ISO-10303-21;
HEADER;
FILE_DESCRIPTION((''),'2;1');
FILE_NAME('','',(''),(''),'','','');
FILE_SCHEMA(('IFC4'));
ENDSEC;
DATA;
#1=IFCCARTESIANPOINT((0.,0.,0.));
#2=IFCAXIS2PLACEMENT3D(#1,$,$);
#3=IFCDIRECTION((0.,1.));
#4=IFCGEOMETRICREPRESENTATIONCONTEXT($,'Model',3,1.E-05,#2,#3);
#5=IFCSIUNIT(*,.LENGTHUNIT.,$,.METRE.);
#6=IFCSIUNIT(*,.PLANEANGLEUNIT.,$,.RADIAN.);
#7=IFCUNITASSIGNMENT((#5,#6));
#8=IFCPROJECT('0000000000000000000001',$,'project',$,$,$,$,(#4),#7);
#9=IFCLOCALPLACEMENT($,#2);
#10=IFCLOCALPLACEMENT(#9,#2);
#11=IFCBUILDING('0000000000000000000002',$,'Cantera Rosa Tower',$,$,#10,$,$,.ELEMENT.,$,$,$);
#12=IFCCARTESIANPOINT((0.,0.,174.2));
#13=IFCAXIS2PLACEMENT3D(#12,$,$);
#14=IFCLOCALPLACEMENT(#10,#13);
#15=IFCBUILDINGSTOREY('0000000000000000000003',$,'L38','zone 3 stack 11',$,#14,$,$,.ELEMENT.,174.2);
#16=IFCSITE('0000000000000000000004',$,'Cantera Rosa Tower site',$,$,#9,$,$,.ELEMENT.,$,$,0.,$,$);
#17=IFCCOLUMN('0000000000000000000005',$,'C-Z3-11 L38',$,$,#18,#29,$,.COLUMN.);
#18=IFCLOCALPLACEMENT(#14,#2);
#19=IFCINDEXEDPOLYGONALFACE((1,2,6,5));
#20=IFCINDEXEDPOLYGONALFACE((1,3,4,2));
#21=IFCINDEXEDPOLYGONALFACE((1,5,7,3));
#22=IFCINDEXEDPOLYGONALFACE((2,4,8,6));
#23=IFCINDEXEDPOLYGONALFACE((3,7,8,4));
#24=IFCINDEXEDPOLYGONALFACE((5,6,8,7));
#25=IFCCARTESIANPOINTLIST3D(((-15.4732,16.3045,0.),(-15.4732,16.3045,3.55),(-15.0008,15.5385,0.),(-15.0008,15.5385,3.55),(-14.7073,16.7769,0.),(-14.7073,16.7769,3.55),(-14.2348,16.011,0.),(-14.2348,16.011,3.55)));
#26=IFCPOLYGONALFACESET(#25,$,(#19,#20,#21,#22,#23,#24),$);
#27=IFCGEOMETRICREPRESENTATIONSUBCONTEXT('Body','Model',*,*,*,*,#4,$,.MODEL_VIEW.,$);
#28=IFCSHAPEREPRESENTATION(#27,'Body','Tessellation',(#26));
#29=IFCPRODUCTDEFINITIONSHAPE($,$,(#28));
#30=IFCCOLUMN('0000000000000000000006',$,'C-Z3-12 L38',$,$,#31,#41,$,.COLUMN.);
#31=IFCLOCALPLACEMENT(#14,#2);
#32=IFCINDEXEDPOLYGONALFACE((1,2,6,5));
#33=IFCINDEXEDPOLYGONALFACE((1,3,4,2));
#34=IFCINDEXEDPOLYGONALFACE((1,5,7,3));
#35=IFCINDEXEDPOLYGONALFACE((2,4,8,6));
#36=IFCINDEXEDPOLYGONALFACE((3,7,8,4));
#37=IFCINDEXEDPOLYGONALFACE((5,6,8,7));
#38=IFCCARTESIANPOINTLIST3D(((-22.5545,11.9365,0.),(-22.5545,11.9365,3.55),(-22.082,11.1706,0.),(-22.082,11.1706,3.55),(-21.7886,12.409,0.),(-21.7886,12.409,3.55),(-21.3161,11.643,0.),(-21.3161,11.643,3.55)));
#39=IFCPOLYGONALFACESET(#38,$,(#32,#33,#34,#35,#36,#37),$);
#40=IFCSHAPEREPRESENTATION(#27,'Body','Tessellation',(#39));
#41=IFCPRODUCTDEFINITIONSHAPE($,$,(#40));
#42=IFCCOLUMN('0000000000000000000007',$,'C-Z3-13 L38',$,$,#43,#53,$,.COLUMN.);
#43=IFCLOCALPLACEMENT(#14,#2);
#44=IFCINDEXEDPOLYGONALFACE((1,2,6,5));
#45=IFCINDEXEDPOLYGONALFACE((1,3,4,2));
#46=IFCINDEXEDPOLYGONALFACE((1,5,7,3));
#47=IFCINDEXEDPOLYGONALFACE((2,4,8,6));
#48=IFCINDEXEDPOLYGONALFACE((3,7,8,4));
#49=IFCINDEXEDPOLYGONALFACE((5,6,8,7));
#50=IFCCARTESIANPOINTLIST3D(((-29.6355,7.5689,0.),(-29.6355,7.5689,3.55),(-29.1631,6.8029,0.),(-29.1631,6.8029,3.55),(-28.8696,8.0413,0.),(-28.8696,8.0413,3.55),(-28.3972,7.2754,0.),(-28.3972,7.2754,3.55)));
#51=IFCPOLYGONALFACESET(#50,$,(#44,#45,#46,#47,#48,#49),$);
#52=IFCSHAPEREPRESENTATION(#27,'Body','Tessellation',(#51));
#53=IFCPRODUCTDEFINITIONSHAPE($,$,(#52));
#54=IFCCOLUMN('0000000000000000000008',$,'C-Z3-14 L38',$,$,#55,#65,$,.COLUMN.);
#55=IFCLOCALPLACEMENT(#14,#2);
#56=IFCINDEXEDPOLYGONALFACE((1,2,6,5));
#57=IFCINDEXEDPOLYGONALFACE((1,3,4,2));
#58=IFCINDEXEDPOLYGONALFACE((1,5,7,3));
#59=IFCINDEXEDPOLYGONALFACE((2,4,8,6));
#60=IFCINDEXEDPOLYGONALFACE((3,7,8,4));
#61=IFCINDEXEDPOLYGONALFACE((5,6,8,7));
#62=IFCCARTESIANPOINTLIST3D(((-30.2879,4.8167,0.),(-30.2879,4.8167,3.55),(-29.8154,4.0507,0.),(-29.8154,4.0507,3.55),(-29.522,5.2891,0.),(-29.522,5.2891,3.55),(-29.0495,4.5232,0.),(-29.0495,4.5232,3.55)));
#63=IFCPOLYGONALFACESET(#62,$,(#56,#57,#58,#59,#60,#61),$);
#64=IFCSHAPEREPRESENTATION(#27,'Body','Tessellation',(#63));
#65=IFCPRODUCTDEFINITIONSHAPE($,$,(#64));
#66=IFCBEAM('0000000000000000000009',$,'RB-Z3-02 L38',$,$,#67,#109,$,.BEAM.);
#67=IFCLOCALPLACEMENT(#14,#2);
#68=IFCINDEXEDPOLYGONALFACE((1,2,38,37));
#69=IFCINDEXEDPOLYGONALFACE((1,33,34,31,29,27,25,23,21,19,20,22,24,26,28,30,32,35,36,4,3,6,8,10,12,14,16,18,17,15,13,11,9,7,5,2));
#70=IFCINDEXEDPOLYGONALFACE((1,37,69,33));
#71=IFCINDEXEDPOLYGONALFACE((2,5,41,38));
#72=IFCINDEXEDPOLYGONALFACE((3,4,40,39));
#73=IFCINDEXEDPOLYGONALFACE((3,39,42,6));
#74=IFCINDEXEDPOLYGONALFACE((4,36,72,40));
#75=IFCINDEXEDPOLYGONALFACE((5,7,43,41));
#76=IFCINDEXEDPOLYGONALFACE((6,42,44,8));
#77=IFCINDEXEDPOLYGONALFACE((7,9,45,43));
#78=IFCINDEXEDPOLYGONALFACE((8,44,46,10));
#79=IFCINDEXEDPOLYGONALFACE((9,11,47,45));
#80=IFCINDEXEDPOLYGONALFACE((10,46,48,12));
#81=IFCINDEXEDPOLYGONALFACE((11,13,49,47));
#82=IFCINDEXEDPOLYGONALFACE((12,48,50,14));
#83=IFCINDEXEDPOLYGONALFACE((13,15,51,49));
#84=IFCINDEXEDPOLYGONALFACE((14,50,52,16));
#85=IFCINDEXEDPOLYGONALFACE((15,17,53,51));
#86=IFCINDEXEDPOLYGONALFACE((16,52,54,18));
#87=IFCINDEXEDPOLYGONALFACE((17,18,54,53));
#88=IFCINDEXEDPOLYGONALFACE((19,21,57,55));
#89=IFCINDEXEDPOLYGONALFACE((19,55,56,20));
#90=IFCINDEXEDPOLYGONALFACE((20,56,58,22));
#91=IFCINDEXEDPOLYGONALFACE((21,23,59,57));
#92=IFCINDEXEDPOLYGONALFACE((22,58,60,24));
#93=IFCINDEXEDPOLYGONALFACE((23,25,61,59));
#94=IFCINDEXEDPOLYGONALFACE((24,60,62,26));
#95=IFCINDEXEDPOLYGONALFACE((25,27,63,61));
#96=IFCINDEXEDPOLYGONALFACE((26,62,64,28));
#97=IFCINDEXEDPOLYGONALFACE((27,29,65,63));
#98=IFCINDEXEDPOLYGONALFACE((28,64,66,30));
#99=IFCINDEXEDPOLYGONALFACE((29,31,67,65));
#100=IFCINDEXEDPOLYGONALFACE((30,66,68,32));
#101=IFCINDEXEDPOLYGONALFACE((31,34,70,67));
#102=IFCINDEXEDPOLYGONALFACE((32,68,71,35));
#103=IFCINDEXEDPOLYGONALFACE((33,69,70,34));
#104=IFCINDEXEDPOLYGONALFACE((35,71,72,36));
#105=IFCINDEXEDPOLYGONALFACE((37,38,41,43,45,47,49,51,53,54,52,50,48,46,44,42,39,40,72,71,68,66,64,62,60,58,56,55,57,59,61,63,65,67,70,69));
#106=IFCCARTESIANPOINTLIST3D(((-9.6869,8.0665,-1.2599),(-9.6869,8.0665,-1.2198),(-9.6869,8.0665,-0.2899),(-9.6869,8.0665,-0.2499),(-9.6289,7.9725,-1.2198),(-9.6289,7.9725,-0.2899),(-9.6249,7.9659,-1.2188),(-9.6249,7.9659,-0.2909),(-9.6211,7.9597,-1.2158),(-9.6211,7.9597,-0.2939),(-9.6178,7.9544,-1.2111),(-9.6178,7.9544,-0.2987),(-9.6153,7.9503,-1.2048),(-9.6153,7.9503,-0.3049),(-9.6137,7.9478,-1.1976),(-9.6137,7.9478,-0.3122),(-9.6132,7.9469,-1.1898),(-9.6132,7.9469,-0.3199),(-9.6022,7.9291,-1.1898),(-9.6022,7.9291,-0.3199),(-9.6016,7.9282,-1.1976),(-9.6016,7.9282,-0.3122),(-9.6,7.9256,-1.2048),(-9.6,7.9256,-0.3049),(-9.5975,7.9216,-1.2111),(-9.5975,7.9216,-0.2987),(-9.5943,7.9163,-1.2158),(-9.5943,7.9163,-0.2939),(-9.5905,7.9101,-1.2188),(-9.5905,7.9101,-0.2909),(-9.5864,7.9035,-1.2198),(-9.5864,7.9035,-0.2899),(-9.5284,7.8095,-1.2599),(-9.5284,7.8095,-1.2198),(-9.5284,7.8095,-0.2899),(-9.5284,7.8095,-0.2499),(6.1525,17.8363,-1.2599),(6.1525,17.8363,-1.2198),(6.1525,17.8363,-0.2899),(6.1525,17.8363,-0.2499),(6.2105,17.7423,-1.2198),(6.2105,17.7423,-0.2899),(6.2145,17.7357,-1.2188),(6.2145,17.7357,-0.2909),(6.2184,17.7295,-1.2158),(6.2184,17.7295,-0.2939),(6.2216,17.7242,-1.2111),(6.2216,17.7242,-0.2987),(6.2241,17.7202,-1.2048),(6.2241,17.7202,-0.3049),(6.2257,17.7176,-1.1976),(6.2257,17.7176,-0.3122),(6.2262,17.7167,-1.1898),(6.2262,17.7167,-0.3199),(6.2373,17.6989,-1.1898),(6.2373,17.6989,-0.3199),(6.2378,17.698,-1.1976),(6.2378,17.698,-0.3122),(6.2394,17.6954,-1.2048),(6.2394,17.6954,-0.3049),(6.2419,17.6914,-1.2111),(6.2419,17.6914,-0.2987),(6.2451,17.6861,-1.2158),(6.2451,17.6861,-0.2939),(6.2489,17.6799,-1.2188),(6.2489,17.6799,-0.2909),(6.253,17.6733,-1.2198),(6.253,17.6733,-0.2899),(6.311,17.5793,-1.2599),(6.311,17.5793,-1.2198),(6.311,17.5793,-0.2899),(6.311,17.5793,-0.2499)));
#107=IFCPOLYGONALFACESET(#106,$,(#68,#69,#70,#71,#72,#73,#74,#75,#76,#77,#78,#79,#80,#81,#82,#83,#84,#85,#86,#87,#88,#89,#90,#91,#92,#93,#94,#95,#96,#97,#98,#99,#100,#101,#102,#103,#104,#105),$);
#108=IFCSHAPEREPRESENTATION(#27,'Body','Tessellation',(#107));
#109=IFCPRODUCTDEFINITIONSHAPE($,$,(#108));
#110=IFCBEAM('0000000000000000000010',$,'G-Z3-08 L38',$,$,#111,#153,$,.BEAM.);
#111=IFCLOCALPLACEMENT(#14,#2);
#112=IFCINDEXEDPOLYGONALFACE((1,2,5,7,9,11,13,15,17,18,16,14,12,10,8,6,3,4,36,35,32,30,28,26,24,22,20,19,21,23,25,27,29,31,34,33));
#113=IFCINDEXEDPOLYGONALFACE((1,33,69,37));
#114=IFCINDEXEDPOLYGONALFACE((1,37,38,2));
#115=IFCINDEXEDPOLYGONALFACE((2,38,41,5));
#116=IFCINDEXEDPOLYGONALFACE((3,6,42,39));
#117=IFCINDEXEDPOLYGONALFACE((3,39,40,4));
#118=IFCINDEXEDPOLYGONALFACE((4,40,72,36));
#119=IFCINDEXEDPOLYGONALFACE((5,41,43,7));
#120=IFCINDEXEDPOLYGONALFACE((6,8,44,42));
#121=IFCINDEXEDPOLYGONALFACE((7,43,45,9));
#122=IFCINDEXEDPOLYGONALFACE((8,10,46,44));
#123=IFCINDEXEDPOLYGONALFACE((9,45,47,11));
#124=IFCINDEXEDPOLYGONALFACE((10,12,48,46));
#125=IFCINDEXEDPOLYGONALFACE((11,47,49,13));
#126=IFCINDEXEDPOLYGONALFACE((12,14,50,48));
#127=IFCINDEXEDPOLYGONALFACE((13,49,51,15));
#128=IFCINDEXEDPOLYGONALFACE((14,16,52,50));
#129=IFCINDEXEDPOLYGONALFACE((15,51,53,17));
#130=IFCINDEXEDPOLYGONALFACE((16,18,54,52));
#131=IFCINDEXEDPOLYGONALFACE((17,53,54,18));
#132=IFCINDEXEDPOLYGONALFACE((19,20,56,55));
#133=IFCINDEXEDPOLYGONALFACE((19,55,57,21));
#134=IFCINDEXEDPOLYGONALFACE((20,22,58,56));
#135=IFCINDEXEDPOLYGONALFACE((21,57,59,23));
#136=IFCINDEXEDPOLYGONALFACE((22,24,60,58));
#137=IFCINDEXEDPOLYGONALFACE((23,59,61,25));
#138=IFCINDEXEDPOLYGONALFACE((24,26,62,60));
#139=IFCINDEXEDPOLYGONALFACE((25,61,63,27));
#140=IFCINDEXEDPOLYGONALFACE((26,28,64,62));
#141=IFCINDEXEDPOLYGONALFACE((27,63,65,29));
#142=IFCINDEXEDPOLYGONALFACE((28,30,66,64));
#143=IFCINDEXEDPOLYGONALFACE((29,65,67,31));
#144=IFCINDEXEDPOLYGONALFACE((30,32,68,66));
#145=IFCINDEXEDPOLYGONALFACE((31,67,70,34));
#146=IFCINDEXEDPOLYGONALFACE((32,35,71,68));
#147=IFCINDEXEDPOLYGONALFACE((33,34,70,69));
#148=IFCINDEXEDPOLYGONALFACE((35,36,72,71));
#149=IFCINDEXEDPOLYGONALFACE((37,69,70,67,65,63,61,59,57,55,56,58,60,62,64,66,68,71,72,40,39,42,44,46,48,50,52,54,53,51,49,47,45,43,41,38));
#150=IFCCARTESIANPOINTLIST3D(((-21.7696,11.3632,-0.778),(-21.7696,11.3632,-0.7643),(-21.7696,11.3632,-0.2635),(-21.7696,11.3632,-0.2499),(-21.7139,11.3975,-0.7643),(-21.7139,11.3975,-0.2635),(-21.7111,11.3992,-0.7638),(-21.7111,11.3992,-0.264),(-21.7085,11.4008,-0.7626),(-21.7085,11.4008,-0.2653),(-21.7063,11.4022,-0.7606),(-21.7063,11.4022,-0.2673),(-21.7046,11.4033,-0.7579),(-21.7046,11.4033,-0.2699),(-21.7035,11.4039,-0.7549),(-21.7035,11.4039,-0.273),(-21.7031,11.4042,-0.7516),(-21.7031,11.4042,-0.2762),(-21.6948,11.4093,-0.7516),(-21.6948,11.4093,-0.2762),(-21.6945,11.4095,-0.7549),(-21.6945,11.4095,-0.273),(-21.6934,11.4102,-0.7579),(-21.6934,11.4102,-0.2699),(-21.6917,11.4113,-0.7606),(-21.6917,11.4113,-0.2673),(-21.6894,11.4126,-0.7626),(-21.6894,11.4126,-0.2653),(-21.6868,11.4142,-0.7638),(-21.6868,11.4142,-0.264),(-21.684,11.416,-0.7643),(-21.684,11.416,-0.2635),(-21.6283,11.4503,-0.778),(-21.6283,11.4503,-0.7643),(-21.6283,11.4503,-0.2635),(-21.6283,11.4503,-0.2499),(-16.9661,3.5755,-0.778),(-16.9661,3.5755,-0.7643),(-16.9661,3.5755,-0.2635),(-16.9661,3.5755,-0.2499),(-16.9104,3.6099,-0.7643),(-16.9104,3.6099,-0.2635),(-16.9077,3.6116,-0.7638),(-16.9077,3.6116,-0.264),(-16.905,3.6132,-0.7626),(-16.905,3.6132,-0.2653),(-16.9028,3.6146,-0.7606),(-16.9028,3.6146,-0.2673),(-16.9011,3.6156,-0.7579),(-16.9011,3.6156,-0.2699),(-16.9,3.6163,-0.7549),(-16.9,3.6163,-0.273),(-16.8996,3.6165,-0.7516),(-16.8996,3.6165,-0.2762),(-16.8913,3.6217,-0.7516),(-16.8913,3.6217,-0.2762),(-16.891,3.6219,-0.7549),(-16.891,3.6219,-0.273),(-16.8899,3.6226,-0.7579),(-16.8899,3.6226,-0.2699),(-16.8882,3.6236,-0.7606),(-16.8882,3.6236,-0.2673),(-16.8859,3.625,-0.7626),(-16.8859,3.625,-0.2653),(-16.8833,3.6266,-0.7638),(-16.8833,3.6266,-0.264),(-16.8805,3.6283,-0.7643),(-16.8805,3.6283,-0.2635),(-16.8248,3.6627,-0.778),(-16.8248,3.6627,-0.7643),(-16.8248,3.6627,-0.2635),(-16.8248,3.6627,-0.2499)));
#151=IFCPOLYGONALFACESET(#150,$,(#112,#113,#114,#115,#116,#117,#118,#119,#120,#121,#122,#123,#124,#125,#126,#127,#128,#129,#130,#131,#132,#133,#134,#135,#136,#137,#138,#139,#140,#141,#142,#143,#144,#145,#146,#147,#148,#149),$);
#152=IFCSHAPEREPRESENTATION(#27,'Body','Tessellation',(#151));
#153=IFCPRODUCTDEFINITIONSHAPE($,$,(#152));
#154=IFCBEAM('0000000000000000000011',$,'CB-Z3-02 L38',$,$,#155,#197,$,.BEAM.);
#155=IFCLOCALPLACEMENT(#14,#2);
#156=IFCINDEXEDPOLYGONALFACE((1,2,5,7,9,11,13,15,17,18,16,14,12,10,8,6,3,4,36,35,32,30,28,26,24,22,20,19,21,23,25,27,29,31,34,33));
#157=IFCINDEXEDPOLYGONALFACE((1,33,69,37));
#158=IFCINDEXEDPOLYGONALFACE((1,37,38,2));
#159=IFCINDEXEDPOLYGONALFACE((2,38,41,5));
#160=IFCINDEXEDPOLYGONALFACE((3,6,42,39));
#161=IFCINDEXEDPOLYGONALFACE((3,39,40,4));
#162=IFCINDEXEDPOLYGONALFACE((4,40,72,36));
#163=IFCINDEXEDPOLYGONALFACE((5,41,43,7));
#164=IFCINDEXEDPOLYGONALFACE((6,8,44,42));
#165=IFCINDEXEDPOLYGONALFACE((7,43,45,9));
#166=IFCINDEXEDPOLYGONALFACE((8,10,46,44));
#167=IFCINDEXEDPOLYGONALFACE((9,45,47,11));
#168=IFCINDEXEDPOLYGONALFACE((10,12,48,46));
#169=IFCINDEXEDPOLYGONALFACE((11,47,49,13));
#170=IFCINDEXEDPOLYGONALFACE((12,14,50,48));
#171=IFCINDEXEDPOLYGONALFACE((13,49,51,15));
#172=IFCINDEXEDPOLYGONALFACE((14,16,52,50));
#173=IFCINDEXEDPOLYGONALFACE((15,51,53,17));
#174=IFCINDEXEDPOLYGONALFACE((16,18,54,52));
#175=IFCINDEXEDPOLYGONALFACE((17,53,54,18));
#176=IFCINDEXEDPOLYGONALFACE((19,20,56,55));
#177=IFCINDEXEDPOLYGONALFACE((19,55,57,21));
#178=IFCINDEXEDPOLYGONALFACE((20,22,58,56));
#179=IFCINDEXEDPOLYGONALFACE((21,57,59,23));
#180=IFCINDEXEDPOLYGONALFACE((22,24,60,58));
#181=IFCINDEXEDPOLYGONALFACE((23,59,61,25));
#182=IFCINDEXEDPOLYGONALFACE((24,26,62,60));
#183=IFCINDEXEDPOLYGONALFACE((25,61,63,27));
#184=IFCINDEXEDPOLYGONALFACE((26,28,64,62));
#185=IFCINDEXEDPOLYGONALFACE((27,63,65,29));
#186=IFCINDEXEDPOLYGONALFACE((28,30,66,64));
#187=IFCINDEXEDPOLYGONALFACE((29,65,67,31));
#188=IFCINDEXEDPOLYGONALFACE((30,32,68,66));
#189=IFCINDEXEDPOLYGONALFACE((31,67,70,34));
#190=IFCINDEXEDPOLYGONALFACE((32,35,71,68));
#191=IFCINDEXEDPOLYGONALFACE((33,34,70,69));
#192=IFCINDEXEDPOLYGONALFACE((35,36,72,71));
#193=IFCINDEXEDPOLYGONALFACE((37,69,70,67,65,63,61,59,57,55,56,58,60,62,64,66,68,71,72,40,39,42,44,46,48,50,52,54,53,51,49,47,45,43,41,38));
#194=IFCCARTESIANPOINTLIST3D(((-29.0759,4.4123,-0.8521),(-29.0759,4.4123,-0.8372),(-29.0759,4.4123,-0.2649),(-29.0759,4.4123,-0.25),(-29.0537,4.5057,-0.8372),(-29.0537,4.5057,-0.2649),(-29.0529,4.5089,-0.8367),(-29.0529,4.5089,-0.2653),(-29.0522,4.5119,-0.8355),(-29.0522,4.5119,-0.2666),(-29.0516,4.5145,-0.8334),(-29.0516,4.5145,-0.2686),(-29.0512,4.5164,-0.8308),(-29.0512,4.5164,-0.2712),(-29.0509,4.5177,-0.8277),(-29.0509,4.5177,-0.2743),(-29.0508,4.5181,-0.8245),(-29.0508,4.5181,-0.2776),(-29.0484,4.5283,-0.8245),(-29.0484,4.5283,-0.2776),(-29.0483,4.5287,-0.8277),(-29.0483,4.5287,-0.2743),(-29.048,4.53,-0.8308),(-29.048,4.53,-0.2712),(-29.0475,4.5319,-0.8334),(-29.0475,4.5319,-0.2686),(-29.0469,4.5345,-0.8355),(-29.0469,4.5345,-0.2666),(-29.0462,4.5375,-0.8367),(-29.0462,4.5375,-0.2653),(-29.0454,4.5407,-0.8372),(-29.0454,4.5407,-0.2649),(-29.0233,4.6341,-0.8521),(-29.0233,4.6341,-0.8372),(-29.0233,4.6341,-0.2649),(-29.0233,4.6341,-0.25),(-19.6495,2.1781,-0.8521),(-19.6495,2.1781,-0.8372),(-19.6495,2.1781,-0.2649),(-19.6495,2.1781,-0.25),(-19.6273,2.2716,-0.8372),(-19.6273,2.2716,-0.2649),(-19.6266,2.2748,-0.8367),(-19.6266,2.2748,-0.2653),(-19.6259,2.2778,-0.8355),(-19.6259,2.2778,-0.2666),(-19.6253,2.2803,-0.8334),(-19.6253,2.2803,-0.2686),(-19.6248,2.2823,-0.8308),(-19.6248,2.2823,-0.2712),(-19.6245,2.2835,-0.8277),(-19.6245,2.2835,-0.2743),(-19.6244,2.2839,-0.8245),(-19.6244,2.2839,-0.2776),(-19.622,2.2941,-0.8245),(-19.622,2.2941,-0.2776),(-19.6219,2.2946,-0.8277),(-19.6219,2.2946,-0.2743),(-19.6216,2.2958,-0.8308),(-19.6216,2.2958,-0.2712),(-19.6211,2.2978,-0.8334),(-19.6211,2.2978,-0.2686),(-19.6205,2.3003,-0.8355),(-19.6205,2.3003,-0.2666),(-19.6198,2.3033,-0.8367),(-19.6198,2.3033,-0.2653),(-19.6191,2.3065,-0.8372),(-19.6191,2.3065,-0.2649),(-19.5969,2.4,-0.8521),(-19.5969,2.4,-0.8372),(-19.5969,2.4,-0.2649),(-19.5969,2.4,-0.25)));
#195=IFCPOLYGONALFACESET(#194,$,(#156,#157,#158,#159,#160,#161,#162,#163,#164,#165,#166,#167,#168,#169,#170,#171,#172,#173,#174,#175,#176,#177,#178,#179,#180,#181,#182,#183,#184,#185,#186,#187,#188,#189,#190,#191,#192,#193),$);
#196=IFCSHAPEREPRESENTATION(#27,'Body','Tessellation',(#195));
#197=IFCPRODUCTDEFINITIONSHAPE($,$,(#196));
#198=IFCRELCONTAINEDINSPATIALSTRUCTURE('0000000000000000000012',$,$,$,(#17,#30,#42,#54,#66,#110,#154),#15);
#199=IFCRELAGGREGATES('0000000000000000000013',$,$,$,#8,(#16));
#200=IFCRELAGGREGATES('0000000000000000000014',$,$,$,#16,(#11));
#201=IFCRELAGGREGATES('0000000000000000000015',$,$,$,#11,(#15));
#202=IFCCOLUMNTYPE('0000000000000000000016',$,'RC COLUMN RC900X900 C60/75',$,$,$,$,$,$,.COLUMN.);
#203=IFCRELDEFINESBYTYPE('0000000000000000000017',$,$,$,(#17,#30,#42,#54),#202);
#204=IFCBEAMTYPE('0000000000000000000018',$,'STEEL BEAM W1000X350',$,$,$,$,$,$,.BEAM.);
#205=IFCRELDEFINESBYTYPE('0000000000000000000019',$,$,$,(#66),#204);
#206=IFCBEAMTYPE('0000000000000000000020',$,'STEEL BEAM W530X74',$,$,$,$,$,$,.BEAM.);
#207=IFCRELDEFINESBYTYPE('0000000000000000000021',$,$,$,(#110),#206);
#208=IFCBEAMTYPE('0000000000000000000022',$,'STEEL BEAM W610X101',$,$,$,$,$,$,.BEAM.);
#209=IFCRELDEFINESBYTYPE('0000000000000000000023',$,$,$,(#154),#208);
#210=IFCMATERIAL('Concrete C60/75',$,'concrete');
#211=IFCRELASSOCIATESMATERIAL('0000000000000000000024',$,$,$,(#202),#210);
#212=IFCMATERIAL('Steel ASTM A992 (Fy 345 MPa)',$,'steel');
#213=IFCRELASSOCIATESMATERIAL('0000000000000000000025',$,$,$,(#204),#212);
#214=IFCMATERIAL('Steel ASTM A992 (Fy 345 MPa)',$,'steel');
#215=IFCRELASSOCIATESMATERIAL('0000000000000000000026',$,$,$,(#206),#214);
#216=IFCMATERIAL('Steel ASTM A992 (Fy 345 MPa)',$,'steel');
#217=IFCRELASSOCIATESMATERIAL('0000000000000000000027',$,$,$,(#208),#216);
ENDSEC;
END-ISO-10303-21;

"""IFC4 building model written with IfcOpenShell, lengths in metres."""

from ifc_helpers import new_model, si_unit, direction, frame, origin, origin_2d, place, context, subcontext, project, spatial, rectangle, i_section, extrude, material, material_profile, profile_set, type_object, element, save


model = new_model("IFC4")

# Units and contexts
model_context = context("Model", 3, precision=1e-05, world=origin(), true_north=direction((0.0, 1.0)))
body_context = subcontext(model_context, "Body", "Model", "MODEL_VIEW")
ifc_project = project(units=[si_unit("LENGTHUNIT", "METRE"), si_unit("PLANEANGLEUNIT", "RADIAN")], contexts=[model_context])

# Site, building, storey
site_placement = place(None, origin())
site = spatial("IfcSite", under=ifc_project, at=site_placement, Name="Cantera Rosa Tower site", CompositionType="ELEMENT", RefElevation=0.0)
building_placement = place(site_placement, origin())
building = spatial("IfcBuilding", under=site, at=building_placement, Name="Cantera Rosa Tower", CompositionType="ELEMENT")
storey_placement = place(building_placement, frame((0.0, 0.0, 174.2)))
storey = spatial("IfcBuildingStorey", under=building, at=storey_placement, Name="L38", Description="zone 3 stack 11", CompositionType="ELEMENT", Elevation=174.2)

# Columns
ifc_material_1 = material(Name="Concrete C60/75", Category="concrete")
ifc_material_profile_1 = material_profile(ifc_material_1, rectangle(XDim=0.8999, YDim=0.8999, at=origin_2d()), Name="RC COLUMN RC900X900 C60/75")
ifc_profile_set_1 = profile_set([ifc_material_profile_1], Name="Concrete C60/75")
column_type = type_object("IfcColumnType", Name="RC COLUMN RC900X900 C60/75", PredefinedType="COLUMN", material=ifc_profile_set_1)
for number, where, z_axis, x_axis, name in (
    (1, (-14.854, 16.1577, 0.0), (0.0, 0.0, 1.0), (0.851117, 0.524977, 0.0), "C-Z3-11 L38"),
    (2, (-21.9353, 11.7898, 0.0), (0.0, 0.0, 1.0), (0.851117, 0.524977, 0.0), "C-Z3-12 L38"),
    (3, (-29.0164, 7.4221, 0.0), (0.0, 0.0, 1.0), (0.851117, 0.524977, 0.0), "C-Z3-13 L38"),
    (4, (-29.6687, 4.6699, 0.0), (0.0, 0.0, 1.0), (0.851117, 0.524977, 0.0), "C-Z3-14 L38"),
):
    element("IfcColumn", number, at=place(storey_placement, frame(where, z_axis=z_axis, x_axis=x_axis)), inside=storey, type_object=column_type, Name=name, PredefinedType="COLUMN", context=body_context, shape_type="SweptSolid", body=[
        extrude(rectangle(XDim=0.8999, YDim=0.8999, at=origin_2d()), origin(), (0.0, 0.0, 1.0), 3.55),
    ])

# Beams
ifc_material_2 = material(Name="Steel ASTM A992 (Fy 345 MPa)", Category="steel")
ifc_material_profile_2 = material_profile(ifc_material_2, i_section(OverallWidth=0.302, OverallDepth=1.01, WebThickness=0.021, FlangeThickness=0.04, FilletRadius=0.03, at=origin_2d()), Name="W1000X350")
ifc_profile_set_2 = profile_set([ifc_material_profile_2], Name="Steel ASTM A992 (Fy 345 MPa)")
beam_type_1 = type_object("IfcBeamType", Name="STEEL BEAM W1000X350", PredefinedType="BEAM", material=ifc_profile_set_2)
beam_1_placement = place(storey_placement, frame((-9.6077, 7.938, -0.7549), z_axis=(0.851119, 0.524973, 0.0), x_axis=(-0.524973, 0.851119, 0.0)))
element("IfcBeam", 5, at=beam_1_placement, inside=storey, type_object=beam_type_1, Name="RB-Z3-02 L38", PredefinedType="BEAM", context=body_context, shape_type="SweptSolid", body=[
    extrude(i_section(OverallWidth=0.302, OverallDepth=1.01, WebThickness=0.021, FlangeThickness=0.04, FilletRadius=0.03, at=origin_2d()), origin(), (0.0, 0.0, 1.0), 18.6101),
])
ifc_material_3 = material(Name="Steel ASTM A992 (Fy 345 MPa)", Category="steel")
ifc_material_profile_3 = material_profile(ifc_material_3, i_section(OverallWidth=0.166, OverallDepth=0.5281, WebThickness=0.0098, FlangeThickness=0.0137, FilletRadius=0.0127, at=origin_2d()), Name="W530X74")
ifc_profile_set_3 = profile_set([ifc_material_profile_3], Name="Steel ASTM A992 (Fy 345 MPa)")
beam_type_2 = type_object("IfcBeamType", Name="STEEL BEAM W530X74", PredefinedType="BEAM", material=ifc_profile_set_3)
beam_2_placement = place(storey_placement, frame((-21.699, 11.4067, -0.5139), z_axis=(0.524977, -0.851116, 0.0), x_axis=(0.851116, 0.524977, 0.0)))
element("IfcBeam", 6, at=beam_2_placement, inside=storey, type_object=beam_type_2, Name="G-Z3-08 L38", PredefinedType="BEAM", context=body_context, shape_type="SweptSolid", body=[
    extrude(i_section(OverallWidth=0.166, OverallDepth=0.5281, WebThickness=0.0098, FlangeThickness=0.0137, FilletRadius=0.0127, at=origin_2d()), origin(), (0.0, 0.0, 1.0), 9.1499),
])
ifc_material_4 = material(Name="Steel ASTM A992 (Fy 345 MPa)", Category="steel")
ifc_material_profile_4 = material_profile(ifc_material_4, i_section(OverallWidth=0.228, OverallDepth=0.6021, WebThickness=0.0105, FlangeThickness=0.0149, FilletRadius=0.0127, at=origin_2d()), Name="W610X101")
ifc_profile_set_4 = profile_set([ifc_material_profile_4], Name="Steel ASTM A992 (Fy 345 MPa)")
beam_type_3 = type_object("IfcBeamType", Name="STEEL BEAM W610X101", PredefinedType="BEAM", material=ifc_profile_set_4)
beam_3_placement = place(storey_placement, frame((-29.0496, 4.5232, -0.551), z_axis=(0.973043, -0.230622, 0.0), x_axis=(0.230622, 0.973043, 0.0)))
element("IfcBeam", 7, at=beam_3_placement, inside=storey, type_object=beam_type_3, Name="CB-Z3-02 L38", PredefinedType="BEAM", context=body_context, shape_type="SweptSolid", body=[
    extrude(i_section(OverallWidth=0.228, OverallDepth=0.6021, WebThickness=0.0105, FlangeThickness=0.0149, FilletRadius=0.0127, at=origin_2d()), origin(), (0.0, 0.0, 1.0), 9.6875),
])

save(model, "model.ifc")
